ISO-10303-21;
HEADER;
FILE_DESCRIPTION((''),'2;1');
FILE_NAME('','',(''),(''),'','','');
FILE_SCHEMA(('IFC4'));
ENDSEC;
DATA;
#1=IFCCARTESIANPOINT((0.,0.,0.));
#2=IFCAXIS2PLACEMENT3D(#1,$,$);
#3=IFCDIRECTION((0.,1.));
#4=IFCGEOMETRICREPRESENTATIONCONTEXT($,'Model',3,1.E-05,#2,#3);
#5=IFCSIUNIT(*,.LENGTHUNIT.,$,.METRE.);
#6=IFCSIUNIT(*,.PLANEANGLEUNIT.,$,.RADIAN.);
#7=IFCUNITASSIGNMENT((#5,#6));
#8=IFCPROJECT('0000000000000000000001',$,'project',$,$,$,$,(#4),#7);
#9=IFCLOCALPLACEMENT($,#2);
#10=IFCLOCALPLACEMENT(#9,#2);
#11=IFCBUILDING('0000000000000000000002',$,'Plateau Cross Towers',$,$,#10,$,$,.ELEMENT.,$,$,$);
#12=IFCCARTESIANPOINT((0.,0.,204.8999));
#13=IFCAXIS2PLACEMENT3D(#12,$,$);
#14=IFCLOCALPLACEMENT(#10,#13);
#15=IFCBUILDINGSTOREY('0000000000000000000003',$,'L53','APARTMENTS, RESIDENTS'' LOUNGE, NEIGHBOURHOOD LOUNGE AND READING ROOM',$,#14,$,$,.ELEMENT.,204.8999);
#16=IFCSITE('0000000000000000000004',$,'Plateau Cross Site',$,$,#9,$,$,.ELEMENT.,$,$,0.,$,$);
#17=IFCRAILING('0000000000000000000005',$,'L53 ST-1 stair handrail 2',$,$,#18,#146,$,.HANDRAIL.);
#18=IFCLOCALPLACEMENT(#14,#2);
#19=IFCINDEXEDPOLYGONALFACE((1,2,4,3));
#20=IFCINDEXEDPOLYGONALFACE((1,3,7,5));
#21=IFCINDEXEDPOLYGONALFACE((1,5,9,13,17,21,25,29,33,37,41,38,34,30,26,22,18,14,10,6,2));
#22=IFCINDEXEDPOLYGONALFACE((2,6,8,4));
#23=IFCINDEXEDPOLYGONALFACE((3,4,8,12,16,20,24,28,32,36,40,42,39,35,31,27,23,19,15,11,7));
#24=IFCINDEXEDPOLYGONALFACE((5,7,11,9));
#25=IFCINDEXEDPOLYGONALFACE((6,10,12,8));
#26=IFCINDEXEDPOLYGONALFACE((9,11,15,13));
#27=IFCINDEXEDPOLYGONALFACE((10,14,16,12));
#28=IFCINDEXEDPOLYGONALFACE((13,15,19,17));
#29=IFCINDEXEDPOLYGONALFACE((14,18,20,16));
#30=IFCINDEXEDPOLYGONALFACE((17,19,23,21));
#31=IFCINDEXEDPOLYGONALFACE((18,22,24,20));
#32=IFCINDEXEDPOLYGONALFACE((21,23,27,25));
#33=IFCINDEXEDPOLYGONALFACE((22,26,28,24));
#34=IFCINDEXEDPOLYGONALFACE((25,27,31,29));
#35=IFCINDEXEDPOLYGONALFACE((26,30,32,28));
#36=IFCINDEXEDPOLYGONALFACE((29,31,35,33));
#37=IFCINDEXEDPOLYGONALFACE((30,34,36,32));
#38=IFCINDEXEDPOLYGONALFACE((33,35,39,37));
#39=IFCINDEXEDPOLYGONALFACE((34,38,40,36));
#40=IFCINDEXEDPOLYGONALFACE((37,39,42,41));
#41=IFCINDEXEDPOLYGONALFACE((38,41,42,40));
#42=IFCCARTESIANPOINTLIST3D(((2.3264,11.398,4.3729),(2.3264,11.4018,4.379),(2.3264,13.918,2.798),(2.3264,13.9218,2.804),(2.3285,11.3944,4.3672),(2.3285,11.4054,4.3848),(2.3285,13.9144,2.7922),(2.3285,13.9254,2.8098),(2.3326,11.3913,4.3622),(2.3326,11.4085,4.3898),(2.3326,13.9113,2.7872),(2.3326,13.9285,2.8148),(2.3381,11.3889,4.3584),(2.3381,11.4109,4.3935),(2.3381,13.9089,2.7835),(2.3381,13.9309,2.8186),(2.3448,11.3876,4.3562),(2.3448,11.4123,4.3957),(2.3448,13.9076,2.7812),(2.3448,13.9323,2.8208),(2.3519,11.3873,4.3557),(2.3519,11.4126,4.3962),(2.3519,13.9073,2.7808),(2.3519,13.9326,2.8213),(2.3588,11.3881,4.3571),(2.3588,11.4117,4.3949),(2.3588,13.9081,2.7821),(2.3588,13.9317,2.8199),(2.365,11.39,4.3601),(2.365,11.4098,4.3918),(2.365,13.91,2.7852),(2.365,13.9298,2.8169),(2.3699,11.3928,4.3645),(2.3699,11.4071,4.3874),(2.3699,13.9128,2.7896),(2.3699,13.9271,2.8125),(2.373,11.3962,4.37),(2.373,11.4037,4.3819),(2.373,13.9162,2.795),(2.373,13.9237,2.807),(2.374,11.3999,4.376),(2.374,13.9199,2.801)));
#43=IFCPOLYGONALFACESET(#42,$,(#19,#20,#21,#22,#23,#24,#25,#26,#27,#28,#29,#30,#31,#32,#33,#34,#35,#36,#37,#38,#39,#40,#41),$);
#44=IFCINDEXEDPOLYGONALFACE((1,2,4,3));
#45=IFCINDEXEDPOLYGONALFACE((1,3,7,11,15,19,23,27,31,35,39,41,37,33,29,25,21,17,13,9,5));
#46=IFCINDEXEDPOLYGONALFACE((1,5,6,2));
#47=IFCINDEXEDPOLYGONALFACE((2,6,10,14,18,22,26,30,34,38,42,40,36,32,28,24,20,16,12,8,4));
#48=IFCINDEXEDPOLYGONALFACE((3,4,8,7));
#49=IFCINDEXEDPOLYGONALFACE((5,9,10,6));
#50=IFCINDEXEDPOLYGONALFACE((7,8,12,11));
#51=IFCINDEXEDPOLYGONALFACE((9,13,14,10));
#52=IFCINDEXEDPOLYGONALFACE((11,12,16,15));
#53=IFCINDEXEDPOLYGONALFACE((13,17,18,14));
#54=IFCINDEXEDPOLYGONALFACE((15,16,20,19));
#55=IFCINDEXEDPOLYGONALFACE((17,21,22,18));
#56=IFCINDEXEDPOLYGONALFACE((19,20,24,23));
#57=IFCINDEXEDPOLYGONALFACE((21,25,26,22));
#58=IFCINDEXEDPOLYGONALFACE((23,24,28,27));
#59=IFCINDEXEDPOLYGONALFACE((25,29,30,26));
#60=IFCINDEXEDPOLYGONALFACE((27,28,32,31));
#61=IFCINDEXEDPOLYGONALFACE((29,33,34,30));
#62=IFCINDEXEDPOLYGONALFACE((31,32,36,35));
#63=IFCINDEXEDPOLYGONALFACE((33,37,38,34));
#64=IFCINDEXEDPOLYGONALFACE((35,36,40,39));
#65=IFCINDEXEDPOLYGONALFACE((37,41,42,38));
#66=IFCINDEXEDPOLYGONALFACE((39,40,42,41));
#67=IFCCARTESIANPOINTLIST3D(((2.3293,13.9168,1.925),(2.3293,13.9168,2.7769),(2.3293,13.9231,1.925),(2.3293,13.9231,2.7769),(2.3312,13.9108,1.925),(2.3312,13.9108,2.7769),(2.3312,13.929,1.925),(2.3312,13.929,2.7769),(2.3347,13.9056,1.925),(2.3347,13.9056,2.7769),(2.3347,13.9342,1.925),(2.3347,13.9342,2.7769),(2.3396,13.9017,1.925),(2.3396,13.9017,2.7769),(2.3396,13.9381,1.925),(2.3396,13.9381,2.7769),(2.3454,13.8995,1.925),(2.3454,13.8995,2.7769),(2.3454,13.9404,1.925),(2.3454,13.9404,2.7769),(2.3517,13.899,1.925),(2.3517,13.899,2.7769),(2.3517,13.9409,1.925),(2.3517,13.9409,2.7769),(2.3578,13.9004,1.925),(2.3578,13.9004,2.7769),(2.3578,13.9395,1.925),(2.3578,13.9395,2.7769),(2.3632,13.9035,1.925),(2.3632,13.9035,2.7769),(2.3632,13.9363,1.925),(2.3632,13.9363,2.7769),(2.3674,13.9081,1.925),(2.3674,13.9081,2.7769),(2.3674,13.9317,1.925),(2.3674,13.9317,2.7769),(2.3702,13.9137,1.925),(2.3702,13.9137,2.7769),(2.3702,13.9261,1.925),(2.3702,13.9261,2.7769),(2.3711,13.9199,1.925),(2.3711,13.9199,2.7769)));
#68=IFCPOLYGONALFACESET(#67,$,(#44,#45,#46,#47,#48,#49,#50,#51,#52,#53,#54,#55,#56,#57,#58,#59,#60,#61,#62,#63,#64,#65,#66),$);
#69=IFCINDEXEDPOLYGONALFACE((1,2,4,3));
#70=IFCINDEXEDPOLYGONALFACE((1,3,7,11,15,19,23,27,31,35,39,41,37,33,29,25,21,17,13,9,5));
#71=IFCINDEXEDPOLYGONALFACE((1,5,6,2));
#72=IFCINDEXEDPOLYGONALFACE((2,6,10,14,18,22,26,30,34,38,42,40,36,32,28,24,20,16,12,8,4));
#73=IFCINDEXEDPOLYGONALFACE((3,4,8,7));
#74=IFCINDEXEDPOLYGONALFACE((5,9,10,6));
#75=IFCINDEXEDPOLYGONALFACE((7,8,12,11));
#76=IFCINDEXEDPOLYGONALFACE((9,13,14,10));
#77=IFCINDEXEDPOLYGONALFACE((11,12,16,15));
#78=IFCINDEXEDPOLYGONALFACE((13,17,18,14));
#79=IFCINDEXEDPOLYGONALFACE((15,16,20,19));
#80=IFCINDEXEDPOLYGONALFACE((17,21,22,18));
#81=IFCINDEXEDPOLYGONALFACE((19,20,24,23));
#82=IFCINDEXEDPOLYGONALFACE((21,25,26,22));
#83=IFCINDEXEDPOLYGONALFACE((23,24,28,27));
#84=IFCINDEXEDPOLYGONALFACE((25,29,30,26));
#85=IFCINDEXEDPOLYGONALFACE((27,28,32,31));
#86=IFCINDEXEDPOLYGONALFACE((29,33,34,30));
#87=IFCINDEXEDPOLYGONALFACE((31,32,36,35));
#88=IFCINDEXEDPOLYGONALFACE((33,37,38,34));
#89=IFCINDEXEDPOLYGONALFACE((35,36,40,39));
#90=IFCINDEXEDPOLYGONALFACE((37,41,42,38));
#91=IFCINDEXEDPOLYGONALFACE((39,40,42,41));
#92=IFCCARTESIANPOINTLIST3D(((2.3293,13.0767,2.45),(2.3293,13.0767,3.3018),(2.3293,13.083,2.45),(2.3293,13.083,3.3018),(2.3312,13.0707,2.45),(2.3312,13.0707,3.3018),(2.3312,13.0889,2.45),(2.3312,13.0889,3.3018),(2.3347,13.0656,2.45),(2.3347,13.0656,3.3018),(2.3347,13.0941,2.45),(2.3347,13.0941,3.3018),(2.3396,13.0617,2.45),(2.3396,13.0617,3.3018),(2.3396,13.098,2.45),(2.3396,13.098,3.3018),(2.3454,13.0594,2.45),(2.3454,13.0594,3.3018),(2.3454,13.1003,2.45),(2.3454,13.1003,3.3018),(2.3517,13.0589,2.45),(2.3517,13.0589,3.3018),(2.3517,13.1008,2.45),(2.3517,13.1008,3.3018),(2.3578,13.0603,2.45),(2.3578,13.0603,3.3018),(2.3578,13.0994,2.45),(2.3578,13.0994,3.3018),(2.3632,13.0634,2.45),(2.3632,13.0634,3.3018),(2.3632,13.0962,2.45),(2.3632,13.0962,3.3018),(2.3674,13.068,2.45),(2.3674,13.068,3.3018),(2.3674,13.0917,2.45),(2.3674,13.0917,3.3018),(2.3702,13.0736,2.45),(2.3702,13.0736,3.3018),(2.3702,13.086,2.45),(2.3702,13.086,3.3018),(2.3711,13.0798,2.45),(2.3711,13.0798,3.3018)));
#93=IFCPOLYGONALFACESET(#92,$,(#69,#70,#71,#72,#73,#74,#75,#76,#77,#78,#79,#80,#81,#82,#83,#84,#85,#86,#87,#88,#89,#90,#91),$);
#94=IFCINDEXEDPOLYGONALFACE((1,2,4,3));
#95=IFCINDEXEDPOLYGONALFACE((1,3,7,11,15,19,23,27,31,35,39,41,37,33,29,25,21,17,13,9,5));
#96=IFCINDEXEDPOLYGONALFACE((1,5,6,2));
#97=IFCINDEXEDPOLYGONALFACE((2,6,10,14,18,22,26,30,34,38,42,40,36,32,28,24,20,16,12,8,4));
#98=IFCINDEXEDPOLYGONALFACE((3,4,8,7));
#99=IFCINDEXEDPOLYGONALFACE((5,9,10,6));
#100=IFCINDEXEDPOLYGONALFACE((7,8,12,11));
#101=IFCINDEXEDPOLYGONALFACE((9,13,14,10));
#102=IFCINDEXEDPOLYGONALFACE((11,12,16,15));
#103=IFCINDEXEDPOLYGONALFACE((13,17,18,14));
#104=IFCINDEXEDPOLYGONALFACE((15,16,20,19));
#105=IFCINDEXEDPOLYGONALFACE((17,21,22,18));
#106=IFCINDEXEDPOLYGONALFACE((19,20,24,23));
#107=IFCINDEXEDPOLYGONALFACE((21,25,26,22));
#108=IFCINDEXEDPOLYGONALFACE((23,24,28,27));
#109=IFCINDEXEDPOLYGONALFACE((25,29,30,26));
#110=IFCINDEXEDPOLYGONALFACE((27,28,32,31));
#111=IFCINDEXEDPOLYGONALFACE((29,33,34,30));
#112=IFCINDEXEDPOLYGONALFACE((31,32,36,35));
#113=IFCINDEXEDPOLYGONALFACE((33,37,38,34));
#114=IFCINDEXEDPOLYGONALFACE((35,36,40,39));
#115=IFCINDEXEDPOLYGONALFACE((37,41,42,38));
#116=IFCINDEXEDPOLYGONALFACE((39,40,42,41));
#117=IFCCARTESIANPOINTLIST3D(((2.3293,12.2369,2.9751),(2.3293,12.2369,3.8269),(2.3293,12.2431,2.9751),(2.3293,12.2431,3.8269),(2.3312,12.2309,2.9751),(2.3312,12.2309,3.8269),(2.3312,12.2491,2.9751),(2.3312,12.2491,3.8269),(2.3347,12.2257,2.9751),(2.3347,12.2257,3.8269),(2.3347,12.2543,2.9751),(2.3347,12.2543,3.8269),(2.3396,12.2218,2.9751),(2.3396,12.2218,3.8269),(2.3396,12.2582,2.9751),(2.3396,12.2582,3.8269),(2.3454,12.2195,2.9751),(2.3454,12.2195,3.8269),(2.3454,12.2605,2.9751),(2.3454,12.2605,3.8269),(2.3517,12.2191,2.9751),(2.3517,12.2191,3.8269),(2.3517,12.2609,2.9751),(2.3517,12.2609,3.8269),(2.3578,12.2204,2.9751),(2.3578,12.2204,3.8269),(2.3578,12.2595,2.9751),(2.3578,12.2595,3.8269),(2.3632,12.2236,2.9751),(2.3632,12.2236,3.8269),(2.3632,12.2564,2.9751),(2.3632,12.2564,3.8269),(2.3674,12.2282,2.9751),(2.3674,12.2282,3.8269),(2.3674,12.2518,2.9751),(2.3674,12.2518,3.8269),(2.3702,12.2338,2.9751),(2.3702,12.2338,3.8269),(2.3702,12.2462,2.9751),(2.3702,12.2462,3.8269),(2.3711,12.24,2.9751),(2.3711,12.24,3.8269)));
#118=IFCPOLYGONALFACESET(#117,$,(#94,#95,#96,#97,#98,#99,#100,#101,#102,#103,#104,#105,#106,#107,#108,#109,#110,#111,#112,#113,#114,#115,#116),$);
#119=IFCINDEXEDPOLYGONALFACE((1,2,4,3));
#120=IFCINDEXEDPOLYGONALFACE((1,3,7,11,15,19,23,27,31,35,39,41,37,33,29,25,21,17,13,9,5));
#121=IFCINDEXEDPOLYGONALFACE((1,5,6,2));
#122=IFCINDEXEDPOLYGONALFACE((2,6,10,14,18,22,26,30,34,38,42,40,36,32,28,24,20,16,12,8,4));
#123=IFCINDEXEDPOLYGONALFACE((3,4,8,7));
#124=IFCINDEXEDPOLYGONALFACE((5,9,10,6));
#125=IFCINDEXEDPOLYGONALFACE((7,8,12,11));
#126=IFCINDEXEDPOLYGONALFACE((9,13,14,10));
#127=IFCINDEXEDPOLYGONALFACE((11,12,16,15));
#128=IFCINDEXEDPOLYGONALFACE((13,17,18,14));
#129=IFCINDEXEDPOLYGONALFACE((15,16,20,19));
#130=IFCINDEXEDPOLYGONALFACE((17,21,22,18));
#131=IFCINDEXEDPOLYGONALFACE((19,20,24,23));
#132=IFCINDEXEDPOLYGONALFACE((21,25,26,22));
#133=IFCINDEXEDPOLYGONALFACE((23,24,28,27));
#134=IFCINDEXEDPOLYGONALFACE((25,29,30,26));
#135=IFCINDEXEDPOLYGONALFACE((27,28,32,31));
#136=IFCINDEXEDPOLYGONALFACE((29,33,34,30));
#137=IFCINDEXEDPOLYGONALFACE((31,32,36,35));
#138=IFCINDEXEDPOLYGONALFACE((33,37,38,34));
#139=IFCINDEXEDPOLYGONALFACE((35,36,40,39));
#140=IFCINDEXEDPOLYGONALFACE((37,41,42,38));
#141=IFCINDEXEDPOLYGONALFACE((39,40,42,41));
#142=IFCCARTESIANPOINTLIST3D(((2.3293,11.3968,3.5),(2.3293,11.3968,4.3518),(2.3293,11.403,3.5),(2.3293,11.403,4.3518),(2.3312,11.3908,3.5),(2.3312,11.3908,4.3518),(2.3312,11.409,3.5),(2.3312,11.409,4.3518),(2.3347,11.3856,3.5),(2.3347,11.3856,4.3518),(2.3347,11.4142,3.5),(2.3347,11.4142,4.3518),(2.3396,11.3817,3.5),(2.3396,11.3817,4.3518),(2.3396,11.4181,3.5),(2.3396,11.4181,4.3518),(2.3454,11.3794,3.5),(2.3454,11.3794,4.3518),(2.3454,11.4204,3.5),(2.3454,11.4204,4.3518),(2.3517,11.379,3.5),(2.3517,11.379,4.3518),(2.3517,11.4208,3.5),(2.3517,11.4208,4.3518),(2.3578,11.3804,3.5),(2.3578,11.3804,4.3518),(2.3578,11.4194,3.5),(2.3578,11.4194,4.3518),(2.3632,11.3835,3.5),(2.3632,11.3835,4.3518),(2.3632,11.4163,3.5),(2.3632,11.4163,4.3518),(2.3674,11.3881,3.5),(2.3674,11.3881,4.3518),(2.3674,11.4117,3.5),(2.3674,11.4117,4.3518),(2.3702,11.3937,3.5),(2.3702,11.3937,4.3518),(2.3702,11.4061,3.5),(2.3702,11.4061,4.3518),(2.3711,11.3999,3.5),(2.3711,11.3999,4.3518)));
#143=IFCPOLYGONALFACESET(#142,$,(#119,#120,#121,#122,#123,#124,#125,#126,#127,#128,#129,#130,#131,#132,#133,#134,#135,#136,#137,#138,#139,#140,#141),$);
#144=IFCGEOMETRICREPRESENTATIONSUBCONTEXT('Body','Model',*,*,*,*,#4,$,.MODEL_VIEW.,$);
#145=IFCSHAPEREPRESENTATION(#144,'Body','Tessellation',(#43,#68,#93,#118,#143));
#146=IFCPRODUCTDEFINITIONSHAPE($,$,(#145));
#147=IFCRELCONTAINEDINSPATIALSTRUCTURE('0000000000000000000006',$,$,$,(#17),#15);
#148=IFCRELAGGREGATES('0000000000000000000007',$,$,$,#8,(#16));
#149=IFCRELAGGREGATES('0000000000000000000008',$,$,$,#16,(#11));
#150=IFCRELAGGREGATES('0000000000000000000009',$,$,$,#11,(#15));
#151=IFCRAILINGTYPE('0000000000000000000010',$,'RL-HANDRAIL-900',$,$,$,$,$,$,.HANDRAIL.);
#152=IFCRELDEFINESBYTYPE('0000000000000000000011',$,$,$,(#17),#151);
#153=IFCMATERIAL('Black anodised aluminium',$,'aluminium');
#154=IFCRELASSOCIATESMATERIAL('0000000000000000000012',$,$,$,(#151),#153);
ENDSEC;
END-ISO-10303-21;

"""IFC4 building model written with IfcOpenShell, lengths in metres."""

from ifc_helpers import new_model, si_unit, direction, frame, origin, origin_2d, place, context, subcontext, project, spatial, circle, extrude, material, type_object, element, save


model = new_model("IFC4")

# Units and contexts
model_context = context("Model", 3, precision=1e-05, world=origin(), true_north=direction((0.0, 1.0)))
body_context = subcontext(model_context, "Body", "Model", "MODEL_VIEW")
ifc_project = project(units=[si_unit("LENGTHUNIT", "METRE"), si_unit("PLANEANGLEUNIT", "RADIAN")], contexts=[model_context])

# Site, building, storey
site_placement = place(None, origin())
site = spatial("IfcSite", under=ifc_project, at=site_placement, Name="Plateau Cross Site", CompositionType="ELEMENT", RefElevation=0.0)
building_placement = place(site_placement, origin())
building = spatial("IfcBuilding", under=site, at=building_placement, Name="Plateau Cross Towers", CompositionType="ELEMENT")
storey_placement = place(building_placement, frame((0.0, 0.0, 204.8999)))
storey = spatial("IfcBuildingStorey", under=building, at=storey_placement, Name="L53", Description="APARTMENTS, RESIDENTS' LOUNGE, NEIGHBOURHOOD LOUNGE AND READING ROOM", CompositionType="ELEMENT", Elevation=204.8999)

# Shared definitions
ifc_material_1 = material(Name="Black anodised aluminium", Category="aluminium")

# Railing
railing_type = type_object("IfcRailingType", Name="RL-HANDRAIL-900", PredefinedType="HANDRAIL", material=ifc_material_1)
railing_placement = place(storey_placement, frame((2.3501, 13.9199, 1.925)))
element("IfcRailing", 1, at=railing_placement, inside=storey, type_object=railing_type, Name="L53 ST-1 stair handrail 2", PredefinedType="HANDRAIL", context=body_context, shape_type="SweptSolid", body=[
    extrude(circle(Radius=0.0239, at=origin_2d()), frame((0.0, 0.0, 0.876), z_axis=(0.0, -0.848008, 0.529984), x_axis=(1.0, 0.0, 0.0)), (0.0, 0.0, 1.0), 2.9717),
    extrude(circle(Radius=0.021, at=origin_2d()), origin(), (0.0, 0.0, 1.0), 0.8518),
    extrude(circle(Radius=0.021, at=origin_2d()), frame((0.0, -0.8401, 0.5249)), (0.0, 0.0, 1.0), 0.8518),
    extrude(circle(Radius=0.021, at=origin_2d()), frame((0.0, -1.6799, 1.05)), (0.0, 0.0, 1.0), 0.8518),
    extrude(circle(Radius=0.021, at=origin_2d()), frame((0.0, -2.52, 1.575)), (0.0, 0.0, 1.0), 0.8518),
])

save(model, "model.ifc")
